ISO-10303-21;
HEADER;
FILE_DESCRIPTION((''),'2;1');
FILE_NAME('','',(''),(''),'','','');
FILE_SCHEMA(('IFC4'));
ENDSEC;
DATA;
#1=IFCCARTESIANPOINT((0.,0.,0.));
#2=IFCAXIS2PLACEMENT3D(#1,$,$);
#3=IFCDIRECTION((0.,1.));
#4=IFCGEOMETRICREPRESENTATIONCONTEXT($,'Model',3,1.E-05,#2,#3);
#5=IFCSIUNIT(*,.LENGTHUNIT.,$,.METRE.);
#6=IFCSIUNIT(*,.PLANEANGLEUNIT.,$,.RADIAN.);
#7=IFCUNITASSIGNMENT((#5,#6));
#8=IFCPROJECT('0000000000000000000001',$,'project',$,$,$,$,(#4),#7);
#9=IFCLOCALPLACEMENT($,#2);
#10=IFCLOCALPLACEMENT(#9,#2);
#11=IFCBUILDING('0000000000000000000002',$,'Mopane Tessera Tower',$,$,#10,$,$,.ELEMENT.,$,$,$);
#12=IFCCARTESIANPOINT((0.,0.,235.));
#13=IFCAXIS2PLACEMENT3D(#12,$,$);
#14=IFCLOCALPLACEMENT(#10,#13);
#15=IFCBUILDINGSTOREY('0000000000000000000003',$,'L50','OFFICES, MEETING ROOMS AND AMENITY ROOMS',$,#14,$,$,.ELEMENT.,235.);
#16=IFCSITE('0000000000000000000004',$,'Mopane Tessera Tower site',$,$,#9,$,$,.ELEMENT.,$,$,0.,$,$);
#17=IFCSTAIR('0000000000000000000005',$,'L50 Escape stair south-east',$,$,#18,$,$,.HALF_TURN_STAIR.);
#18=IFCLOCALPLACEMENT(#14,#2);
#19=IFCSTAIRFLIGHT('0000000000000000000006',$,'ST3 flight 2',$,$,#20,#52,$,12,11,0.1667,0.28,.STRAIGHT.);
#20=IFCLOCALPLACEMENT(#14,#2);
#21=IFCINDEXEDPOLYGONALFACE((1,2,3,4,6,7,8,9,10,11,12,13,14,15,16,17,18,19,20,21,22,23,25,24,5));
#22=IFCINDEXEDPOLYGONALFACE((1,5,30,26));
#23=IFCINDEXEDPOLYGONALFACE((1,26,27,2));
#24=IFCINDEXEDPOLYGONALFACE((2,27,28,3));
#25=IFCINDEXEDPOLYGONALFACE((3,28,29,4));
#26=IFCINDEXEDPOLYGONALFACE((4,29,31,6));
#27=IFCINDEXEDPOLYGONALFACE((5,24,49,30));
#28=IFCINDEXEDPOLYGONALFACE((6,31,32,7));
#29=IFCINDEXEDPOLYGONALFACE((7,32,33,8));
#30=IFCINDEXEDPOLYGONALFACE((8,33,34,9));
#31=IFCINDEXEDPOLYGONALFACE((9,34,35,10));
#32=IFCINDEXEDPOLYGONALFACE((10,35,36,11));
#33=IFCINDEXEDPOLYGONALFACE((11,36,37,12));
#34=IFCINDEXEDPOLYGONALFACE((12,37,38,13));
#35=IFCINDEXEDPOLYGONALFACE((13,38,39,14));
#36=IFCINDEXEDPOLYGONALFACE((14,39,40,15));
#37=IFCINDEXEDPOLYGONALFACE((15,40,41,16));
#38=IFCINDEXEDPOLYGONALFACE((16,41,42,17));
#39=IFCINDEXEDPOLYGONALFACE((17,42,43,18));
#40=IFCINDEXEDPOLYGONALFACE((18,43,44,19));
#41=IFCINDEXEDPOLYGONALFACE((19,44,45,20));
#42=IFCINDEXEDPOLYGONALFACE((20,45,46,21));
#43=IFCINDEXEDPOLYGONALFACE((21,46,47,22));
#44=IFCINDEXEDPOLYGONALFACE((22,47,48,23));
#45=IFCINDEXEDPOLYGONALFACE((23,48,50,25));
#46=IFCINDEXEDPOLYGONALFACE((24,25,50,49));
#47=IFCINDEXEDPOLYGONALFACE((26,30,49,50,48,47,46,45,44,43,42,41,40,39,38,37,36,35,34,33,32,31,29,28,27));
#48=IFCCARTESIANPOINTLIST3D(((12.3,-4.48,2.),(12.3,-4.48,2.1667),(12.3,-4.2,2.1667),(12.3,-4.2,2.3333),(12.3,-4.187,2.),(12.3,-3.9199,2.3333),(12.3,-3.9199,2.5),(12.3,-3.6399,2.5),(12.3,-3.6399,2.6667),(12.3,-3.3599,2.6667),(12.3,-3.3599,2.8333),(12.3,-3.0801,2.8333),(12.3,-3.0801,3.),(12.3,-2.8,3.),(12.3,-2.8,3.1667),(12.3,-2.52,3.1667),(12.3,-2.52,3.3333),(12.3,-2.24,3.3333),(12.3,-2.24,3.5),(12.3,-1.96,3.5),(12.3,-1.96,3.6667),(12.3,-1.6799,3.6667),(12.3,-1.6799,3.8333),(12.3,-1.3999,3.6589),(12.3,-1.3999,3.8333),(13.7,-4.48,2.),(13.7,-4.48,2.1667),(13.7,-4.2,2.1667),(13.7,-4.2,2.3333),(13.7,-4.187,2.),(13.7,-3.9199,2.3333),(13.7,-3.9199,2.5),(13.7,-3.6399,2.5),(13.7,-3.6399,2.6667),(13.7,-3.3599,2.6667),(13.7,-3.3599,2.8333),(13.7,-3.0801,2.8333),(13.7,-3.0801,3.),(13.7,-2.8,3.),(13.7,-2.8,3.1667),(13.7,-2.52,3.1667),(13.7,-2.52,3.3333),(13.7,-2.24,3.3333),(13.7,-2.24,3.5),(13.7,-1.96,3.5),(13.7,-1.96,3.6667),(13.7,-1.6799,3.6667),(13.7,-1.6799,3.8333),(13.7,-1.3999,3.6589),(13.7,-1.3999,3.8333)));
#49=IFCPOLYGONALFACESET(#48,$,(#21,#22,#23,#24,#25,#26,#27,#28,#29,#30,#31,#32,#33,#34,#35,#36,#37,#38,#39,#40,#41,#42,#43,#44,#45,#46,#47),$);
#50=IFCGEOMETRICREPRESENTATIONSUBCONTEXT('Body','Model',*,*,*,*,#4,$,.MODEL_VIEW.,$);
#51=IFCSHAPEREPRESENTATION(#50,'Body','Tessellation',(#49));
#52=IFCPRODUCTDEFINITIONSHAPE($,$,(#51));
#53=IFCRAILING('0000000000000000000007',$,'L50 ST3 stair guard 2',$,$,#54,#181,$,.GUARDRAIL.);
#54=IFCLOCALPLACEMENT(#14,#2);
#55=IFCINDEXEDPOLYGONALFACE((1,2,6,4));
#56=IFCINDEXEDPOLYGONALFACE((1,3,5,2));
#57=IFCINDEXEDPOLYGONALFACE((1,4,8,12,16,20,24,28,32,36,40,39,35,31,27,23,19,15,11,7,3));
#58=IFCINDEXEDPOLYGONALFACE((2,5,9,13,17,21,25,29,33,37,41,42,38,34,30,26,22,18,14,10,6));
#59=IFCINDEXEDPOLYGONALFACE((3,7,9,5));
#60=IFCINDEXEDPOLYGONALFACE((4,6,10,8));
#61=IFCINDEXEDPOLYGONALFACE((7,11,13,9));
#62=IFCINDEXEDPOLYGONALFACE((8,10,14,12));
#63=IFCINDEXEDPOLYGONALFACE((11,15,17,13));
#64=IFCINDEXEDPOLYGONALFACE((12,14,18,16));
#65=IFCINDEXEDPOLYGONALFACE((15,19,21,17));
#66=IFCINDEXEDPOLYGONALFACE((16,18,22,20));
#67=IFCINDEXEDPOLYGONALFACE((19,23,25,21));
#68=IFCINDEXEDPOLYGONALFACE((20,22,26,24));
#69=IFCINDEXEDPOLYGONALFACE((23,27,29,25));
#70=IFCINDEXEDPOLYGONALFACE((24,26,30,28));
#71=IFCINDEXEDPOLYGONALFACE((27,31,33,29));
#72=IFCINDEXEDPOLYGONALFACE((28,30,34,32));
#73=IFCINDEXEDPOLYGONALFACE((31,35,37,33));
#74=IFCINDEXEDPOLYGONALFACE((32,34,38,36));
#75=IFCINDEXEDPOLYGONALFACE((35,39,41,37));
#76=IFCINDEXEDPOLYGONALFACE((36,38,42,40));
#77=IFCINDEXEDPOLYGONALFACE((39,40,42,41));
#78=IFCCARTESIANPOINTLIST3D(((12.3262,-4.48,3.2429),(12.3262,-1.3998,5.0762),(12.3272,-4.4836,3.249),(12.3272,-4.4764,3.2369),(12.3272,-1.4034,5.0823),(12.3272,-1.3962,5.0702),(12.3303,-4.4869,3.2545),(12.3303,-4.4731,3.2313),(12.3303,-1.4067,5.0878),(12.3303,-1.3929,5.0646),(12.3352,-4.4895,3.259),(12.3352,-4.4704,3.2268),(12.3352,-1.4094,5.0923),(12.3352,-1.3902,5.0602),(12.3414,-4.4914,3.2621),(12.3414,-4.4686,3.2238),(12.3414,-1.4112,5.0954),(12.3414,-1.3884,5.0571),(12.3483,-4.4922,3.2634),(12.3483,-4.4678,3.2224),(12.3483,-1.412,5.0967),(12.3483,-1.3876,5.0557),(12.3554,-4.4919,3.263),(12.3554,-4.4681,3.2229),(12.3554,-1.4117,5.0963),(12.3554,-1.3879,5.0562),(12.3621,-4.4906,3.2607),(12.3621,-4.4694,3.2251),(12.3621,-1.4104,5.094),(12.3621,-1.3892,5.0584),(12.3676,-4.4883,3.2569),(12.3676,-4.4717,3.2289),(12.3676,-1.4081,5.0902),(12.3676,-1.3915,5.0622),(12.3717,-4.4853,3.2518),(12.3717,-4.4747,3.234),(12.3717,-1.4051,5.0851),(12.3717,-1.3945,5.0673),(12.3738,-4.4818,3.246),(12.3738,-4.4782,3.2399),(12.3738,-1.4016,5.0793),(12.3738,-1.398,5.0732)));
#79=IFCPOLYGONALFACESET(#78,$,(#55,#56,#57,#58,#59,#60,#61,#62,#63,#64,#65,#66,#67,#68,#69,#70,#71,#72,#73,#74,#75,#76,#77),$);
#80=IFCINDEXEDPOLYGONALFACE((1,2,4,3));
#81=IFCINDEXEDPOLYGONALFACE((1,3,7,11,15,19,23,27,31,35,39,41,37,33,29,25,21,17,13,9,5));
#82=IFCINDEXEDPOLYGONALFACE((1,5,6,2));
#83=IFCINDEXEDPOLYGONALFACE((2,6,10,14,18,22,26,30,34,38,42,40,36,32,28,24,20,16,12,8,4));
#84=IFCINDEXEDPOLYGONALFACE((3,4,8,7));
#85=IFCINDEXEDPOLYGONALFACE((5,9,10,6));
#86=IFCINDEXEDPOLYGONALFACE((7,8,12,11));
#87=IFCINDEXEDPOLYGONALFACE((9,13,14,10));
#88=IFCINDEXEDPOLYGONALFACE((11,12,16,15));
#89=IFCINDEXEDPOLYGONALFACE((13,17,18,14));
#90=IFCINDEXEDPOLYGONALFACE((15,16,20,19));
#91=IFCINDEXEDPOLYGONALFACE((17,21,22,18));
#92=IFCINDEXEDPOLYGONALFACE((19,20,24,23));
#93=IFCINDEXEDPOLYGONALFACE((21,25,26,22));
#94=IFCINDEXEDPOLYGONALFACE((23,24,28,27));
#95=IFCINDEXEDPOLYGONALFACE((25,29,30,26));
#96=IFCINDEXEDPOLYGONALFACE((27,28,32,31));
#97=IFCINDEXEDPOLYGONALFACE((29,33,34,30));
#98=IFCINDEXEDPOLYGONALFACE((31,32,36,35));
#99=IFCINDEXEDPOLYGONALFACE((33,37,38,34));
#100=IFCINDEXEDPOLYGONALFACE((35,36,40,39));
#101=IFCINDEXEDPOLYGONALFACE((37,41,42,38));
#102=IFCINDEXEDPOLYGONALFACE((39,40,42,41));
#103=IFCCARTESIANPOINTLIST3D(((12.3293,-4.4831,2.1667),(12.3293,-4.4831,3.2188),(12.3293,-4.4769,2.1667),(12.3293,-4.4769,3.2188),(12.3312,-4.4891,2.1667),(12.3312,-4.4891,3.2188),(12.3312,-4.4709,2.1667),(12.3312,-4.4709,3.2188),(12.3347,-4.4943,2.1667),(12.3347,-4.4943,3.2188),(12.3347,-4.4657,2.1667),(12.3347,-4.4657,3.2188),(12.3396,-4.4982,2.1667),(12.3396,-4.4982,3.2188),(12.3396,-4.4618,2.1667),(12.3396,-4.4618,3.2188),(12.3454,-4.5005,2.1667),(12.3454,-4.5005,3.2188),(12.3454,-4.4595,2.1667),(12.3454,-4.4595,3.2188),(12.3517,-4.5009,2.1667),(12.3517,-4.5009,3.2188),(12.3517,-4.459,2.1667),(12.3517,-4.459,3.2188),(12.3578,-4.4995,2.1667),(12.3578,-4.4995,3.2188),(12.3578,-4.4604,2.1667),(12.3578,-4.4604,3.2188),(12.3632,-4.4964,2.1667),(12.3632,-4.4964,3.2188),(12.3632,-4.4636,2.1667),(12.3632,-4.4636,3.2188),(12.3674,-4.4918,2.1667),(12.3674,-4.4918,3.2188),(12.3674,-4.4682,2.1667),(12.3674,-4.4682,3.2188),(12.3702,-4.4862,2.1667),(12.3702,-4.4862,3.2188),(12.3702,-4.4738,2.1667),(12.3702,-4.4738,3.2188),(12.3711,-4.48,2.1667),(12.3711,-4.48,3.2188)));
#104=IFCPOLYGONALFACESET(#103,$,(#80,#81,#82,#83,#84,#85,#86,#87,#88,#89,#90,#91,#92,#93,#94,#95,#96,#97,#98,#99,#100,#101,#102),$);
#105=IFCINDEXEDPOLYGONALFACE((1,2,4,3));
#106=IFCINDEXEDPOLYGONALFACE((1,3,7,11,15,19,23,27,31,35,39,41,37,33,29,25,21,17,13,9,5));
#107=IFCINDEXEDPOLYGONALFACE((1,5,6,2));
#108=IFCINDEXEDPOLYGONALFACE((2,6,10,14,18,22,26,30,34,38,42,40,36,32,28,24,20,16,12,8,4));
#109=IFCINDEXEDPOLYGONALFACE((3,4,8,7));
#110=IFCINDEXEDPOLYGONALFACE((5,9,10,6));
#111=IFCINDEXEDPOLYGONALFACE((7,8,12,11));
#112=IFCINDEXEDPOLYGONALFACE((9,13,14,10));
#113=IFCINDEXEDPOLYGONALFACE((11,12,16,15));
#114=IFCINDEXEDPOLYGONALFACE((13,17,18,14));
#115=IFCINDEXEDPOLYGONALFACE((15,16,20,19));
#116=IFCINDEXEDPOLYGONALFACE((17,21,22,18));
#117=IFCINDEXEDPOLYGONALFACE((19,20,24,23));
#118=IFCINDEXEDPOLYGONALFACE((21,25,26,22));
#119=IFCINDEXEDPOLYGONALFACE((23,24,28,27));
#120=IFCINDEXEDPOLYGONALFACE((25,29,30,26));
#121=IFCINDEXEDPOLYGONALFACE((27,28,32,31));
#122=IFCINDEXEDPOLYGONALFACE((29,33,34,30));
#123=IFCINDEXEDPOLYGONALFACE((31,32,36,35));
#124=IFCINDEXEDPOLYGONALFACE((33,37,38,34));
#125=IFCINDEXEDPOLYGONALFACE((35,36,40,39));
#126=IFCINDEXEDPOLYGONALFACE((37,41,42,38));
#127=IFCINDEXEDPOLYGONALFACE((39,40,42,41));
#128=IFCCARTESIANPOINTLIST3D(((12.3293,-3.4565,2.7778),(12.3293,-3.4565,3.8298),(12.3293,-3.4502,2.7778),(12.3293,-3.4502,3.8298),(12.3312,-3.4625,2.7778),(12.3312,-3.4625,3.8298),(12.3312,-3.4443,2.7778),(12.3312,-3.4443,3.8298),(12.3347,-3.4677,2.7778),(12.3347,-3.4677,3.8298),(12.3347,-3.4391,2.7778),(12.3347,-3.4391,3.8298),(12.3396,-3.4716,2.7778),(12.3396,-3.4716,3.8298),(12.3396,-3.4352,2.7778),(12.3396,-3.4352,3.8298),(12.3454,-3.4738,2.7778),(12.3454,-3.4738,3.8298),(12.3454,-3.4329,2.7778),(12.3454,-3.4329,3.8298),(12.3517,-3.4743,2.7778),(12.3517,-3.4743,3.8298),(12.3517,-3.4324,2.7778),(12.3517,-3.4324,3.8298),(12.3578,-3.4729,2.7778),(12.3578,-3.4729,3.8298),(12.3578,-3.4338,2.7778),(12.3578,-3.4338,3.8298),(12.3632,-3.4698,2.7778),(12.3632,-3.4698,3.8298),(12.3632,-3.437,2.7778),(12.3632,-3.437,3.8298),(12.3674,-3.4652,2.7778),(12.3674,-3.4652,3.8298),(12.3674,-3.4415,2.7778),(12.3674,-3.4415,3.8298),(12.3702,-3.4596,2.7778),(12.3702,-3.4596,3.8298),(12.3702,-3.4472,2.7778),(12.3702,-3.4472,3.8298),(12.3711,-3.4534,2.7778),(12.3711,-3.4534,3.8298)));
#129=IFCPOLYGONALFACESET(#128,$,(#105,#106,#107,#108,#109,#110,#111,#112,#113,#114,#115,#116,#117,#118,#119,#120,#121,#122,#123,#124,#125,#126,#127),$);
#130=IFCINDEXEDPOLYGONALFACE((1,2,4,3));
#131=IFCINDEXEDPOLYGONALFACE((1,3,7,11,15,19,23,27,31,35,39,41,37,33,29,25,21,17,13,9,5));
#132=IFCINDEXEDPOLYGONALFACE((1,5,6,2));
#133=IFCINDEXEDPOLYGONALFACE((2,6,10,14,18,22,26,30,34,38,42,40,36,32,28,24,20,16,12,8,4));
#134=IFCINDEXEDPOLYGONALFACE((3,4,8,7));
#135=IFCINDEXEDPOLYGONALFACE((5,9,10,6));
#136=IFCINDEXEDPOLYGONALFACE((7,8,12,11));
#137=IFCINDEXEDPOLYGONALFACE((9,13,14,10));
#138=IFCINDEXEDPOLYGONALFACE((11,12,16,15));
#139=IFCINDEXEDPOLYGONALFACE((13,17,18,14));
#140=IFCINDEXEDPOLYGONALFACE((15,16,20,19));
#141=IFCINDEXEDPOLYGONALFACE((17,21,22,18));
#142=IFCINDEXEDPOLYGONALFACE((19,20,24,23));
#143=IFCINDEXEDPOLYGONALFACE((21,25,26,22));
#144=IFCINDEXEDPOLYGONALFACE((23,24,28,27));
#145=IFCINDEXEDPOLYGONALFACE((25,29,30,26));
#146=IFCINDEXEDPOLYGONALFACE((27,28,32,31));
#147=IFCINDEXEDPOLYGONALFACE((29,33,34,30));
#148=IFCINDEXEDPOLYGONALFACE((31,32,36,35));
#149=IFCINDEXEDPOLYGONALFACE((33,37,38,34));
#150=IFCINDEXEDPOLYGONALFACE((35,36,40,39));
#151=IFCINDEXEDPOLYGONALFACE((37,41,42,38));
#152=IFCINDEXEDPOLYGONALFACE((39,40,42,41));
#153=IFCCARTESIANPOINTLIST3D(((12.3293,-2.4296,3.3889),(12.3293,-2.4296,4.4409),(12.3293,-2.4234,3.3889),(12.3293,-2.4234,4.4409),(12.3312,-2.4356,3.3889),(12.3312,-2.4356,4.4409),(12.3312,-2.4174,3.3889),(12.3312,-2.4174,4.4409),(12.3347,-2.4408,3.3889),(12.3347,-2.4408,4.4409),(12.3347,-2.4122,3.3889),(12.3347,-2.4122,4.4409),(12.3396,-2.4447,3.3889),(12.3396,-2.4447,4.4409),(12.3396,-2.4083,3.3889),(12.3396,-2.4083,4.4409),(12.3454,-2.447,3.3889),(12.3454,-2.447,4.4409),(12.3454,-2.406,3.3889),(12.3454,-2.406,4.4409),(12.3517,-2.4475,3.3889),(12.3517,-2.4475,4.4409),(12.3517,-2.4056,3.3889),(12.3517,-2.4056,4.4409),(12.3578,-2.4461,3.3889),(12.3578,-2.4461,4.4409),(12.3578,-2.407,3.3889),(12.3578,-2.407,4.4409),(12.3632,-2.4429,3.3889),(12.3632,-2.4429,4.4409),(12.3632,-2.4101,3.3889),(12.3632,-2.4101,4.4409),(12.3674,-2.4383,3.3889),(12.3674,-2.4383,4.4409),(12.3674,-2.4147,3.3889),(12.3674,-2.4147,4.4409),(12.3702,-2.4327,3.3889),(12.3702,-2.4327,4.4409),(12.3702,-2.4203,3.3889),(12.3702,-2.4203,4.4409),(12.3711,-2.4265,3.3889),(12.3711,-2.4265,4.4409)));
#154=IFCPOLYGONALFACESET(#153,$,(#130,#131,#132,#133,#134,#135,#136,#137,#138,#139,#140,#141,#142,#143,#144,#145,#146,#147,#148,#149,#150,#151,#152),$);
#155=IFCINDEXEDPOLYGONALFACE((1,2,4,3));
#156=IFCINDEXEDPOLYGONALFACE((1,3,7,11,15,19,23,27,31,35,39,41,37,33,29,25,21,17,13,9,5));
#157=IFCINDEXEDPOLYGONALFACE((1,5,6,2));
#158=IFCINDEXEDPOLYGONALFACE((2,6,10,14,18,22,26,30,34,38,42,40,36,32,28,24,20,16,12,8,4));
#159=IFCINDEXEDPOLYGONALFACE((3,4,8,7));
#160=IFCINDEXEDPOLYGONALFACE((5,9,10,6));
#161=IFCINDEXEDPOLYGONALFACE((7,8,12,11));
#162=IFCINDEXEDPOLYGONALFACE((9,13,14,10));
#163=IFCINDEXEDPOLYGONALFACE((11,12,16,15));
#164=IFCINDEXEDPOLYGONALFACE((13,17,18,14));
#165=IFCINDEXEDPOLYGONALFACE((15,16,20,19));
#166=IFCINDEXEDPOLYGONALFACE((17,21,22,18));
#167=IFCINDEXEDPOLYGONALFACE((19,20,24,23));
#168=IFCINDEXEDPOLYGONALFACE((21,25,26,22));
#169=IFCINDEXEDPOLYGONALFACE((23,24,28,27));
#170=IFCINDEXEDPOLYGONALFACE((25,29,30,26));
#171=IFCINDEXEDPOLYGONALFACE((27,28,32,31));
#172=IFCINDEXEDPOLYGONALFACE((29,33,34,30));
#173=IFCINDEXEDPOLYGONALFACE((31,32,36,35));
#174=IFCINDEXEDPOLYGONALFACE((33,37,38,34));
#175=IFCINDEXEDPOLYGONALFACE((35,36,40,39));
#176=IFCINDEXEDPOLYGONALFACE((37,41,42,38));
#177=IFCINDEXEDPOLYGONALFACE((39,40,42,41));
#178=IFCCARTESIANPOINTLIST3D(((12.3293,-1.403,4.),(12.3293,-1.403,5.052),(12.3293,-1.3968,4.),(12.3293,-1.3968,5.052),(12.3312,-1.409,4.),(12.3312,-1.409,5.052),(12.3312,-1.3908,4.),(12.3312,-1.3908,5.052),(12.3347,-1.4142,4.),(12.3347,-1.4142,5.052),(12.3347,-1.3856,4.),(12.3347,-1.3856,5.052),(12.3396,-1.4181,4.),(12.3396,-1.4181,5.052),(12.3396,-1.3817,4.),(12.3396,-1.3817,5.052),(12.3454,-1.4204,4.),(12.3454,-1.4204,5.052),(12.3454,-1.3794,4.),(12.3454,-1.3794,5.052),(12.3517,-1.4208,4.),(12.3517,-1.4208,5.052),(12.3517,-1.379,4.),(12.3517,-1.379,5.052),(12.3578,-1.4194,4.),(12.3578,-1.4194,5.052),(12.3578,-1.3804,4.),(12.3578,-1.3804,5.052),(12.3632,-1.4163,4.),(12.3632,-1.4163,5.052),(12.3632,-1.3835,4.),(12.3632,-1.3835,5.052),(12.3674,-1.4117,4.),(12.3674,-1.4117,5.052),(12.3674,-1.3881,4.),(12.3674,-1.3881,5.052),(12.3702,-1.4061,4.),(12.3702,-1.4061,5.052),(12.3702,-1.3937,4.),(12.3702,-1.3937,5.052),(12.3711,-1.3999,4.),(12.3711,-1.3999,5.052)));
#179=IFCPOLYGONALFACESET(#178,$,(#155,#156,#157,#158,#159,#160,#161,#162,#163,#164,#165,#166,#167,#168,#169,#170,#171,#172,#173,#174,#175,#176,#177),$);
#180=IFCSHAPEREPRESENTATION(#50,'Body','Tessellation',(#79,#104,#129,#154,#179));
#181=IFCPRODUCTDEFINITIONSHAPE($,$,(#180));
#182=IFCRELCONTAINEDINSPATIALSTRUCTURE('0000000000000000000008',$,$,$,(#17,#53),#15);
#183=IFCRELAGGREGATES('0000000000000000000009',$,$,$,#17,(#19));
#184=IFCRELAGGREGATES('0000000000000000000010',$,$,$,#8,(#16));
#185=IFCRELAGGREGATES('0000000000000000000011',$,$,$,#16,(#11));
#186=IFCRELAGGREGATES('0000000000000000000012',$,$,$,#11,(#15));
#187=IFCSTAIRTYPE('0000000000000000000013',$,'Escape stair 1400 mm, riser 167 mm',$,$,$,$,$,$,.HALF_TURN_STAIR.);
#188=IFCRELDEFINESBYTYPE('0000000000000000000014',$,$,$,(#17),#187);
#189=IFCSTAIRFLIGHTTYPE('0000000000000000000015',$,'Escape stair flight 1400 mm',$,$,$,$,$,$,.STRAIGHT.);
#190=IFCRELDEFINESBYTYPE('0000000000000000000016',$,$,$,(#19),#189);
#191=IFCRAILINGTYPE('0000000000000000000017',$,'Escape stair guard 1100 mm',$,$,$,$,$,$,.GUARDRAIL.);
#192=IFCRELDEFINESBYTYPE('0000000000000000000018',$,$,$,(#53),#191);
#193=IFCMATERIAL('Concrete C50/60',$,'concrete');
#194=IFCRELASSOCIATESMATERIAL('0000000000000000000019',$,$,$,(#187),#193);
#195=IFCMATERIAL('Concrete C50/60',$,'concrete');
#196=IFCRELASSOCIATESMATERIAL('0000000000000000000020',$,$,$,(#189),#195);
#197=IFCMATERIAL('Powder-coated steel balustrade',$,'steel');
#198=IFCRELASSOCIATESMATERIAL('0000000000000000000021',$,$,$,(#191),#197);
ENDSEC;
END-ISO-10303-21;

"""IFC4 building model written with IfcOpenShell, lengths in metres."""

from ifc_helpers import new_model, si_unit, direction, frame, origin, origin_2d, place, context, subcontext, project, spatial, polyline, circle, outline, extrude, material, type_object, element, aggregate, save


model = new_model("IFC4")

# Units and contexts
model_context = context("Model", 3, precision=1e-05, world=origin(), true_north=direction((0.0, 1.0)))
body_context = subcontext(model_context, "Body", "Model", "MODEL_VIEW")
ifc_project = project(units=[si_unit("LENGTHUNIT", "METRE"), si_unit("PLANEANGLEUNIT", "RADIAN")], contexts=[model_context])

# Site, building, storey
site_placement = place(None, origin())
site = spatial("IfcSite", under=ifc_project, at=site_placement, Name="Mopane Tessera Tower site", CompositionType="ELEMENT", RefElevation=0.0)
building_placement = place(site_placement, origin())
building = spatial("IfcBuilding", under=site, at=building_placement, Name="Mopane Tessera Tower", CompositionType="ELEMENT")
storey_placement = place(building_placement, frame((0.0, 0.0, 235.0)))
storey = spatial("IfcBuildingStorey", under=building, at=storey_placement, Name="L50", Description="OFFICES, MEETING ROOMS AND AMENITY ROOMS", CompositionType="ELEMENT", Elevation=235.0)

# Stair, stair flight
ifc_material_1 = material(Name="Concrete C50/60", Category="concrete")
stair_type = type_object("IfcStairType", Name="Escape stair 1400 mm, riser 167 mm", PredefinedType="HALF_TURN_STAIR", material=ifc_material_1)
stair_placement = place(storey_placement, origin())
stair = element("IfcStair", 1, at=stair_placement, inside=storey, type_object=stair_type, Name="L50 Escape stair south-east", PredefinedType="HALF_TURN_STAIR")
ifc_material_2 = material(Name="Concrete C50/60", Category="concrete")
stair_flight_type = type_object("IfcStairFlightType", Name="Escape stair flight 1400 mm", PredefinedType="STRAIGHT", material=ifc_material_2)
stair_flight_1_placement = place(storey_placement, frame((13.0, -4.48, 2.0), z_axis=(0.0, 0.0, 1.0), x_axis=(0.0, 1.0, 0.0)))
stair_flight_1 = element("IfcStairFlight", 2, at=stair_flight_1_placement, type_object=stair_flight_type, Name="ST3 flight 2", NumberOfRisers=12, NumberOfTreads=11, PredefinedType="STRAIGHT", RiserHeight=0.1667, TreadLength=0.28, context=body_context, shape_type="SweptSolid", body=[
    extrude(outline(polyline([(0.0, 0.0), (0.0, 0.1667), (0.28, 0.1667), (0.28, 0.3333), (0.5601, 0.3333), (0.5601, 0.5), (0.8401, 0.5), (0.8401, 0.6667), (1.1201, 0.6667), (1.1201, 0.8333), (1.3999, 0.8333), (1.3999, 1.0), (1.6799, 1.0), (1.6799, 1.1667), (1.96, 1.1667), (1.96, 1.3333), (2.24, 1.3333), (2.24, 1.5), (2.52, 1.5), (2.52, 1.6667), (2.8, 1.6667), (2.8, 1.8333), (3.0801, 1.8333), (3.0801, 2.0), (3.0801, 1.6589), (0.293, 0.0), (0.0, 0.0)])), frame((0.0, 0.7, 0.0), z_axis=(0.0, -1.0, 0.0), x_axis=(1.0, 0.0, 0.0)), (0.0, 0.0, 1.0), 1.3999),
])
aggregate(stair, [stair_flight_1])

# Railing
ifc_material_3 = material(Name="Powder-coated steel balustrade", Category="steel")
railing_type_1 = type_object("IfcRailingType", Name="Escape stair guard 1100 mm", PredefinedType="GUARDRAIL", material=ifc_material_3)
railing_1_placement = place(storey_placement, frame((12.3501, -4.48, 2.1667)))
element("IfcRailing", 3, at=railing_1_placement, inside=storey, type_object=railing_type_1, Name="L50 ST3 stair guard 2", PredefinedType="GUARDRAIL", context=body_context, shape_type="SweptSolid", body=[
    extrude(circle(Radius=0.0239, at=origin_2d()), frame((0.0, 0.0, 1.0762), z_axis=(0.0, 0.859309, 0.511458), x_axis=(-1.0, 0.0, 0.0)), (0.0, 0.0, 1.0), 3.5845),
    extrude(circle(Radius=0.021, at=origin_2d()), origin(), (0.0, 0.0, 1.0), 1.052),
    extrude(circle(Radius=0.021, at=origin_2d()), frame((0.0, 1.0266, 0.6111)), (0.0, 0.0, 1.0), 1.052),
    extrude(circle(Radius=0.021, at=origin_2d()), frame((0.0, 2.0535, 1.2222)), (0.0, 0.0, 1.0), 1.052),
    extrude(circle(Radius=0.021, at=origin_2d()), frame((0.0, 3.0801, 1.8333)), (0.0, 0.0, 1.0), 1.052),
])

save(model, "model.ifc")
